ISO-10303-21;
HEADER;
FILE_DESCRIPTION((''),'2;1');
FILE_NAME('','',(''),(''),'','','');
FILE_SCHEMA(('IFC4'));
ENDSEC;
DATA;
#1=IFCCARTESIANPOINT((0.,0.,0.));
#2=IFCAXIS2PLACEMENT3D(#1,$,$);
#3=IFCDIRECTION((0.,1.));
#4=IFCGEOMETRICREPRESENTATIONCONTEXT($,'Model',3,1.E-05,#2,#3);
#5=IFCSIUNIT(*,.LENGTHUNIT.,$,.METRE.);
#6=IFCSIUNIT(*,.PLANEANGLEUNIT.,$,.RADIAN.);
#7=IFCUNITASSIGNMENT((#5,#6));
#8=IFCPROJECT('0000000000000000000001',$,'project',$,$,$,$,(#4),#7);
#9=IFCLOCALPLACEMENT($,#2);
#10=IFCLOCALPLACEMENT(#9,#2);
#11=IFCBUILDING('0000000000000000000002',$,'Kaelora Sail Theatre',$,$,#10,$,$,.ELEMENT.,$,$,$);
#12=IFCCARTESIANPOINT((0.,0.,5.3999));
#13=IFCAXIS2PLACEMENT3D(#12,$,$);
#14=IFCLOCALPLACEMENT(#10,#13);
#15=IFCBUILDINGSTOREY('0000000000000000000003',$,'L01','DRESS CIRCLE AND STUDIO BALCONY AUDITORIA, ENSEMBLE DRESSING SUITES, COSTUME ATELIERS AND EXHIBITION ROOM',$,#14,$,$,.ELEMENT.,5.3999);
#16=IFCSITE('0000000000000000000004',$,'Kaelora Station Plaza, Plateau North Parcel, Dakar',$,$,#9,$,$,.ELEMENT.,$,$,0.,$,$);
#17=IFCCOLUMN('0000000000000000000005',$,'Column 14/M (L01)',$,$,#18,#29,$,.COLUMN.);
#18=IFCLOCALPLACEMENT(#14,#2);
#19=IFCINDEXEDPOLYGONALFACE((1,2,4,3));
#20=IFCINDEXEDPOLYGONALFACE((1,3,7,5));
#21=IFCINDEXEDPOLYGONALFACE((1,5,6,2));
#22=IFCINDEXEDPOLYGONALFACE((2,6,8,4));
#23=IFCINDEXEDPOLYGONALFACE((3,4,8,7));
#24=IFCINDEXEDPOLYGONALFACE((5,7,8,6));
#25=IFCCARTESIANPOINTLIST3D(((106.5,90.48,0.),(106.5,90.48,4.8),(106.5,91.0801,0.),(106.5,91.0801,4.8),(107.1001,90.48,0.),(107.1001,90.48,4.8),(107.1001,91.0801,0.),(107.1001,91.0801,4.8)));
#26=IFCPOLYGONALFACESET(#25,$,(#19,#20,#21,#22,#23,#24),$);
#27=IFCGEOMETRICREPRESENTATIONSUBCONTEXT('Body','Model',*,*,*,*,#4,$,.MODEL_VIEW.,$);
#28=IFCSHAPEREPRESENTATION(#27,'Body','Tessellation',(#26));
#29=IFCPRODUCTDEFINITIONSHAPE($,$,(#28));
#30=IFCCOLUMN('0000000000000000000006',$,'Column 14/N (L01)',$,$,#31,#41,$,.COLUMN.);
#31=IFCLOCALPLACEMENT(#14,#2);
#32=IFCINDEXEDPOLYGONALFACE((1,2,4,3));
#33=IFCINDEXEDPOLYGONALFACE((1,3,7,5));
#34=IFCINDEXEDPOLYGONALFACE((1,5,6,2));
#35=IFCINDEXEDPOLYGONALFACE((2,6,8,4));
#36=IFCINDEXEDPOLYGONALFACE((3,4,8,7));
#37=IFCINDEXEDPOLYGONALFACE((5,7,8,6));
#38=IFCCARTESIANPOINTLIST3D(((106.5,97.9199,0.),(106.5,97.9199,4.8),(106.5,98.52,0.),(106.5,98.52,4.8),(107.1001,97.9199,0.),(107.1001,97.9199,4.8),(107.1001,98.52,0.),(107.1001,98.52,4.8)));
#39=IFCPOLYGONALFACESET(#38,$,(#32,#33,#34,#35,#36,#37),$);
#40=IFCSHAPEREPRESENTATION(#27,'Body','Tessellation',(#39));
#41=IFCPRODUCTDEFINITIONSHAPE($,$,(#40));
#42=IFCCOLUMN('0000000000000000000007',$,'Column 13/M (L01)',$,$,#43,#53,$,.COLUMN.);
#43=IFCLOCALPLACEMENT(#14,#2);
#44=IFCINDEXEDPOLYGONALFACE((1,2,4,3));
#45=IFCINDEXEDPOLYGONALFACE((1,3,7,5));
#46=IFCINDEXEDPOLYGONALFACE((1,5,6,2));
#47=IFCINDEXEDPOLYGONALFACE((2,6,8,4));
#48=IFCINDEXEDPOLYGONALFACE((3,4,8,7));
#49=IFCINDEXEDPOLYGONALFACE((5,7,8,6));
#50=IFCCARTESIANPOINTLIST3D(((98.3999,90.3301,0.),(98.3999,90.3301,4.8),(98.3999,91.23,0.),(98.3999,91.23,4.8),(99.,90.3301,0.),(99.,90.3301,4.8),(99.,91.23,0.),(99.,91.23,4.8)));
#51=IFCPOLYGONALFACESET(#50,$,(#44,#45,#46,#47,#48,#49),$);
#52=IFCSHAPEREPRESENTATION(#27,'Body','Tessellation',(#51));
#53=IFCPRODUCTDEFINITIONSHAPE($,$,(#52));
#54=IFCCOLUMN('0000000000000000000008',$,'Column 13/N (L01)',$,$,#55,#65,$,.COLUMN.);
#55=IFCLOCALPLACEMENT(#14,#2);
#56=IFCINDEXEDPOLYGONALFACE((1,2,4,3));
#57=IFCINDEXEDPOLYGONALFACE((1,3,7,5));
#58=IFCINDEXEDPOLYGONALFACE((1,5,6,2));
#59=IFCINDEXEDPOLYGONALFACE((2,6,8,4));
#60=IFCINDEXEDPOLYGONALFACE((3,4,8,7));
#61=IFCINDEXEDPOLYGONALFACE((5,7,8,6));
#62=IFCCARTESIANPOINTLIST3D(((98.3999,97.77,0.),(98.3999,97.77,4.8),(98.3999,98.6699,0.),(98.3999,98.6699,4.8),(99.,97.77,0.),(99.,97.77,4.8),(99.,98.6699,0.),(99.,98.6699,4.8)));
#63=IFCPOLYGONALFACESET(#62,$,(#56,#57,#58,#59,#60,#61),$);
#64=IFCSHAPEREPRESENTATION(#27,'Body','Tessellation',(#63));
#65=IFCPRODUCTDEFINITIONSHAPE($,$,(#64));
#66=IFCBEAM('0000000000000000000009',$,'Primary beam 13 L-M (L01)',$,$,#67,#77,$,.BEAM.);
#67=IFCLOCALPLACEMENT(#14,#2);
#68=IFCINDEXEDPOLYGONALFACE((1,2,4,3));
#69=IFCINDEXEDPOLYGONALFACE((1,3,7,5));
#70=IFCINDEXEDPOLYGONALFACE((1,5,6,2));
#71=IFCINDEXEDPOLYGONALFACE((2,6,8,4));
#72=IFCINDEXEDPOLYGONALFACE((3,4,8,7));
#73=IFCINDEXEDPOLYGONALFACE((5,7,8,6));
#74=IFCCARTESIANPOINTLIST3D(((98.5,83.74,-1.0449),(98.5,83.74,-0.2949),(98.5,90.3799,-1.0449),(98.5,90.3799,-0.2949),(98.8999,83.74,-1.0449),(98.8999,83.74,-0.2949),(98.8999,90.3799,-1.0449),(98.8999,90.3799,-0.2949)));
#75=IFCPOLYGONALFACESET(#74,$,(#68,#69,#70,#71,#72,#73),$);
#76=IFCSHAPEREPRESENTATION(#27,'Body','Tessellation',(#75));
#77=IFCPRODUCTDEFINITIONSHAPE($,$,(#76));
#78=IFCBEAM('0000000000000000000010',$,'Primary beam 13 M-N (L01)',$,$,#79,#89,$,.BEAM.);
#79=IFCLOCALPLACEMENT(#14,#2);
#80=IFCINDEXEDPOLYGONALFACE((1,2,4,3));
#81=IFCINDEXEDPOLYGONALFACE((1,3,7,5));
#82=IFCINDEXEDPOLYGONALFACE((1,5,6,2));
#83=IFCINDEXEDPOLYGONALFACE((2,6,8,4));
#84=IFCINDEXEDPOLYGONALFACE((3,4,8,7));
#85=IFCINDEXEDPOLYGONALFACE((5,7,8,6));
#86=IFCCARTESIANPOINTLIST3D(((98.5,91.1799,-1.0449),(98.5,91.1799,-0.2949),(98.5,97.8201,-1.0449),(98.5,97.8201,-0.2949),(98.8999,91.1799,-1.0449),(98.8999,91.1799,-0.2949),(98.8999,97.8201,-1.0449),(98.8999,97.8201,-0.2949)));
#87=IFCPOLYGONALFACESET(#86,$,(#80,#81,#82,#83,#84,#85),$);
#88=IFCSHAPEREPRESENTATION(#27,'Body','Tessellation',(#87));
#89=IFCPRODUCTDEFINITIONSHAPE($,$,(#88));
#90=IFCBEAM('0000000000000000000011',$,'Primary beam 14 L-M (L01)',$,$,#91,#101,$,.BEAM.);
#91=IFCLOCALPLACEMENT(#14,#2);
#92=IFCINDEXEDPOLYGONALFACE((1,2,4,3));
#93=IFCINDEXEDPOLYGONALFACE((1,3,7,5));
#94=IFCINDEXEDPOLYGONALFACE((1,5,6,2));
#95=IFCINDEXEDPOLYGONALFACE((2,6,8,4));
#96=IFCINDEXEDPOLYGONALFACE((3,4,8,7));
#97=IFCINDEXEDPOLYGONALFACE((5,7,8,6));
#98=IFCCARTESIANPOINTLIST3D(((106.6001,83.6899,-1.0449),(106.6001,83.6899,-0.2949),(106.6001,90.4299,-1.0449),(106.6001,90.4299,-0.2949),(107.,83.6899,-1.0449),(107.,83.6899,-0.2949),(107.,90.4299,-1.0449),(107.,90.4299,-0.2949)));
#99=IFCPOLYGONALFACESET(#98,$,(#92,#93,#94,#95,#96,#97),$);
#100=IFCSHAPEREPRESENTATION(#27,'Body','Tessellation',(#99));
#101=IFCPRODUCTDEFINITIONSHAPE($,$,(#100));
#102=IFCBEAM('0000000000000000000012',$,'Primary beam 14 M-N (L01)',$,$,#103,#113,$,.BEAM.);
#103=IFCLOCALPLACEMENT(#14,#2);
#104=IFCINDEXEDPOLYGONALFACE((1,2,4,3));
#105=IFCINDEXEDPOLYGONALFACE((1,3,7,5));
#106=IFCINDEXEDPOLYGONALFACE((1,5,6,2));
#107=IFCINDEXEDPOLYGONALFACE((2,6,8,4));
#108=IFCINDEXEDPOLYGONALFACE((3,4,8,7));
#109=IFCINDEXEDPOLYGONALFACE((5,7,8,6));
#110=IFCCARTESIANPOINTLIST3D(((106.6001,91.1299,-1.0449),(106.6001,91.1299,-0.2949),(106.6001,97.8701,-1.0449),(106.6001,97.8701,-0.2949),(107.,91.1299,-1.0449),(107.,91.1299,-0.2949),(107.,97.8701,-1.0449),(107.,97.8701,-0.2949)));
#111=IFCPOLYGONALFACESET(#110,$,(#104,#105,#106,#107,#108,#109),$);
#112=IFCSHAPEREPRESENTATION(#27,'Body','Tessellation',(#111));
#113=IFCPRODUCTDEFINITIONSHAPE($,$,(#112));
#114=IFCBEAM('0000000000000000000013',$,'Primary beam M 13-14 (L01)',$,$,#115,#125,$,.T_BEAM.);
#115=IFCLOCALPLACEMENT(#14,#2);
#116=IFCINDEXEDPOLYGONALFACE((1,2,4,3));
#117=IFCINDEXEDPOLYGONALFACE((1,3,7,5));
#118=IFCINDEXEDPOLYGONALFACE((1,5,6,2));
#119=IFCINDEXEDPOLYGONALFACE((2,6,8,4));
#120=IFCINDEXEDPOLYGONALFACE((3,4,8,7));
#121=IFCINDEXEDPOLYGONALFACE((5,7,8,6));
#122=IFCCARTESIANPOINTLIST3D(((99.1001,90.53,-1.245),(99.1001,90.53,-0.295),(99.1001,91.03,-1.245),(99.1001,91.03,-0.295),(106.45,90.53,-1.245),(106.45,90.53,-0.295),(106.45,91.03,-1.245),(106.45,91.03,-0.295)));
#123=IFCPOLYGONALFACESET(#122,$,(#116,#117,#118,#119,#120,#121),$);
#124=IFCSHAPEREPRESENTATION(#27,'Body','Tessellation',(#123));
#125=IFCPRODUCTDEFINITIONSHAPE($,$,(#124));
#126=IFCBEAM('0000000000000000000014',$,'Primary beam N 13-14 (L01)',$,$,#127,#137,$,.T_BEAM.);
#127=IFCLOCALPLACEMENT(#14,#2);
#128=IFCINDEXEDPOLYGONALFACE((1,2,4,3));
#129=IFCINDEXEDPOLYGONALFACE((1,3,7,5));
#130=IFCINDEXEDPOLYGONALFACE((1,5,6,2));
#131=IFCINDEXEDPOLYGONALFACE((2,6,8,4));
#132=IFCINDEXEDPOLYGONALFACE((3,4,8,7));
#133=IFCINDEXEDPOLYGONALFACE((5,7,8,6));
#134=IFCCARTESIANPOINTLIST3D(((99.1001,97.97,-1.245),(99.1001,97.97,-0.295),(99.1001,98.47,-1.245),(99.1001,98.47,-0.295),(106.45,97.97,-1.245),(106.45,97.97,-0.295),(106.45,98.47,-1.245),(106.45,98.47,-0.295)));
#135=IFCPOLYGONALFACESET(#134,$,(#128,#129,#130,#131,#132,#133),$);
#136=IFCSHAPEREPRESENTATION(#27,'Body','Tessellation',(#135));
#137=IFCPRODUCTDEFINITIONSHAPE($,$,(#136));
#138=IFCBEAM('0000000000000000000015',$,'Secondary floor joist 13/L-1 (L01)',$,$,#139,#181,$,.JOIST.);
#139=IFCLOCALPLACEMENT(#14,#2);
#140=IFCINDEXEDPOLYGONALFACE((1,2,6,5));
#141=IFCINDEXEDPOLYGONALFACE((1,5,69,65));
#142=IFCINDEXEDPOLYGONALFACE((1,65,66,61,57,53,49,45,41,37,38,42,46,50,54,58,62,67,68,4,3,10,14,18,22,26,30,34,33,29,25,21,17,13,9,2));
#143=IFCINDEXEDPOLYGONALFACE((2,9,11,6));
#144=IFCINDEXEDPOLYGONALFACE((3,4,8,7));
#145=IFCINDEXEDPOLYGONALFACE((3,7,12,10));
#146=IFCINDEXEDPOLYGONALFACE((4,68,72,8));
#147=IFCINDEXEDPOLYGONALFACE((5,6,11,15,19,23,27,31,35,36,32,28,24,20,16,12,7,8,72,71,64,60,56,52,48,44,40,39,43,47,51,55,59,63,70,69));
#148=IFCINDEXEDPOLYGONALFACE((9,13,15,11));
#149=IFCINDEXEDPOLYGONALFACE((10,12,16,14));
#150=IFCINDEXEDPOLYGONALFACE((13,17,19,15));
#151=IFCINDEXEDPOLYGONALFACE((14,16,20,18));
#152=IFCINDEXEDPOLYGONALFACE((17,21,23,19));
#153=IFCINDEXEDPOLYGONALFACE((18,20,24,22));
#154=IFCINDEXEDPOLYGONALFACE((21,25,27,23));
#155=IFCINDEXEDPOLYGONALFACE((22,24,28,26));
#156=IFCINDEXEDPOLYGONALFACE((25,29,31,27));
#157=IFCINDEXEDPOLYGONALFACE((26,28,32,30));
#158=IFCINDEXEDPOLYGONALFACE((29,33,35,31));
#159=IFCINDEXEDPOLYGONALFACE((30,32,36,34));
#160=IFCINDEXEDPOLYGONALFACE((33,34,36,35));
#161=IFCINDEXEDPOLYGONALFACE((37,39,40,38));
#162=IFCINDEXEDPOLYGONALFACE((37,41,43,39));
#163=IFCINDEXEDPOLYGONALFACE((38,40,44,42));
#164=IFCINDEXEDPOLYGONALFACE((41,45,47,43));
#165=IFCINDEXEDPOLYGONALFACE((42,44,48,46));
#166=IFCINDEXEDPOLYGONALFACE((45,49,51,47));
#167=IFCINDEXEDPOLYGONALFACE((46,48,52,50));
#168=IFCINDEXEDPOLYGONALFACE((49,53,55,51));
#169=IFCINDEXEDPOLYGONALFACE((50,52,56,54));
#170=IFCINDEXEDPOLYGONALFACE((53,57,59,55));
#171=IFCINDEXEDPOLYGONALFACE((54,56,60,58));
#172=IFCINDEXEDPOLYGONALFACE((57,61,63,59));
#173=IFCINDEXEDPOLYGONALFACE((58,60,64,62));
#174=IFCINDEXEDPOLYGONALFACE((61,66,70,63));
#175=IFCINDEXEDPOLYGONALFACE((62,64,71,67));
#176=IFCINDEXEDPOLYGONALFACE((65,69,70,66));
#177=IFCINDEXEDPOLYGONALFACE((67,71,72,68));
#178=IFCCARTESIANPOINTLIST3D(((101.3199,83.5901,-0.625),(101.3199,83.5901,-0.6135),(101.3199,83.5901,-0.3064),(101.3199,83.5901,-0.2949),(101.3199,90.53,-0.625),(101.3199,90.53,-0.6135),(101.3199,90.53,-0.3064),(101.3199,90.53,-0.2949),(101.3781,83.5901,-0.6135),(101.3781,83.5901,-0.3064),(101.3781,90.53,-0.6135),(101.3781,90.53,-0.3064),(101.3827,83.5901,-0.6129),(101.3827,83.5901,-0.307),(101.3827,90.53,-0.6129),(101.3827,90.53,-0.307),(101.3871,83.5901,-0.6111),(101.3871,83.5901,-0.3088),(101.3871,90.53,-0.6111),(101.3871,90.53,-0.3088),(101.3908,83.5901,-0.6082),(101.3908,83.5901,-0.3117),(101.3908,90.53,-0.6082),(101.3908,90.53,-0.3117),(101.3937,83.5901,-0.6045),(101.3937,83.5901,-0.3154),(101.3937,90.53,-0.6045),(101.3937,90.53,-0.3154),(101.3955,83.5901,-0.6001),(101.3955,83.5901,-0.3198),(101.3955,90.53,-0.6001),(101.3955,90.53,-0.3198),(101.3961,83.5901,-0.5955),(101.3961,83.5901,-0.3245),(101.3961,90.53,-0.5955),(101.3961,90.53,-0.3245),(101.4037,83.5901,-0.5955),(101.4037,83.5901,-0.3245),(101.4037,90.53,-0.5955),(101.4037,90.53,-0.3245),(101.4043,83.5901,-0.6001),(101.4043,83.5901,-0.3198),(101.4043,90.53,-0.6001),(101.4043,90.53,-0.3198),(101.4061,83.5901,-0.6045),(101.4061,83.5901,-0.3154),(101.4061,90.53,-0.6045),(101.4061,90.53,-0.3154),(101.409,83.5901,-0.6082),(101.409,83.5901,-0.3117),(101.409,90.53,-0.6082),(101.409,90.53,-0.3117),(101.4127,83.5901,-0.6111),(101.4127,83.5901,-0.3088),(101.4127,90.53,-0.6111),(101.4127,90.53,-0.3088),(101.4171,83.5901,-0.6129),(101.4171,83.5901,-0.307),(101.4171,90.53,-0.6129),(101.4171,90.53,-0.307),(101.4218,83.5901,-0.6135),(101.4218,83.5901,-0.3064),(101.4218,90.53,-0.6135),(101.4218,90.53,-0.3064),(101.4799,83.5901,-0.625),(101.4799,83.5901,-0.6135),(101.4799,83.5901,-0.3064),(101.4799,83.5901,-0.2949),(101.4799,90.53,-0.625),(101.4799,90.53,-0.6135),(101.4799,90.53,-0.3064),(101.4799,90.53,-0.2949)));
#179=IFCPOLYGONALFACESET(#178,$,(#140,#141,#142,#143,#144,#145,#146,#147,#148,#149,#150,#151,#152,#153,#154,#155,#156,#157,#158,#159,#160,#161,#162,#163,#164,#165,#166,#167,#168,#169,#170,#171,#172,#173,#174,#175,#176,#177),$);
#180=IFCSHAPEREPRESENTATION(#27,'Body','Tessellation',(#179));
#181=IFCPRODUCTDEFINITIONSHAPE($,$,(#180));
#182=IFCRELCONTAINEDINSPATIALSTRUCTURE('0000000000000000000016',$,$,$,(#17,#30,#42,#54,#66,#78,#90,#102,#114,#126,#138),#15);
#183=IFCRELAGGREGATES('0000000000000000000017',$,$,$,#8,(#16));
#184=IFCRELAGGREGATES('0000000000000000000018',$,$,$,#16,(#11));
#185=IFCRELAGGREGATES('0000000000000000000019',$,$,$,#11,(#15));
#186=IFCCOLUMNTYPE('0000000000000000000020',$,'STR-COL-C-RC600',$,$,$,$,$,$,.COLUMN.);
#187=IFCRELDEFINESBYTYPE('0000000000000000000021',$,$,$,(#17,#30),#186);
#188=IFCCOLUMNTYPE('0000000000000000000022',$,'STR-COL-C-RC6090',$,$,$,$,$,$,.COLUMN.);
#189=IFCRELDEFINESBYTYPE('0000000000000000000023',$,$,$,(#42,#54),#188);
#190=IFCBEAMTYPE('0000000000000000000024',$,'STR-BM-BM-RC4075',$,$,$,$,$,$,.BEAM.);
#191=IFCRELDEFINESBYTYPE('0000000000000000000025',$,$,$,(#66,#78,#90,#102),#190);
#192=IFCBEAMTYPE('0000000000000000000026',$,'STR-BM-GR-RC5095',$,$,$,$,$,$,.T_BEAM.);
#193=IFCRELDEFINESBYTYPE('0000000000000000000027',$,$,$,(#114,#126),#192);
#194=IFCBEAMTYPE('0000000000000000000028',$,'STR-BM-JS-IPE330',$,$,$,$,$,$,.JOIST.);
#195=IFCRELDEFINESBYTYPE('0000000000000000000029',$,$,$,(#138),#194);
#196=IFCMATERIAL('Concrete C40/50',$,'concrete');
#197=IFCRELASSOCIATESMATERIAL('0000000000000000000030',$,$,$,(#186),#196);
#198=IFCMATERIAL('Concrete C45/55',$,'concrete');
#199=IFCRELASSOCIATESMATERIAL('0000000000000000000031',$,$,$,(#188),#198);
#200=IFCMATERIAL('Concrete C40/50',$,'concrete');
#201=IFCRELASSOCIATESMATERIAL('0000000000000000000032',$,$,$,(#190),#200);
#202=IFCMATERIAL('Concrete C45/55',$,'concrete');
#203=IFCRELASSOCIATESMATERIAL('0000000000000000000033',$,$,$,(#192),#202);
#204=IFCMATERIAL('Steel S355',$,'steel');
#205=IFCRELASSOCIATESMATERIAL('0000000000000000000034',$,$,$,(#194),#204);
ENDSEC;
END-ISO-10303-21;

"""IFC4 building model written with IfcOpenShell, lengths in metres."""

from ifc_helpers import new_model, si_unit, direction, frame, origin, origin_2d, place, context, subcontext, project, spatial, rectangle, i_section, extrude, material, material_profile, profile_set, type_object, element, save


model = new_model("IFC4")

# Units and contexts
model_context = context("Model", 3, precision=1e-05, world=origin(), true_north=direction((0.0, 1.0)))
body_context = subcontext(model_context, "Body", "Model", "MODEL_VIEW")
ifc_project = project(units=[si_unit("LENGTHUNIT", "METRE"), si_unit("PLANEANGLEUNIT", "RADIAN")], contexts=[model_context])

# Site, building, storey
site_placement = place(None, origin())
site = spatial("IfcSite", under=ifc_project, at=site_placement, Name="Kaelora Station Plaza, Plateau North Parcel, Dakar", CompositionType="ELEMENT", RefElevation=0.0)
building_placement = place(site_placement, origin())
building = spatial("IfcBuilding", under=site, at=building_placement, Name="Kaelora Sail Theatre", CompositionType="ELEMENT")
storey_placement = place(building_placement, frame((0.0, 0.0, 5.3999)))
storey = spatial("IfcBuildingStorey", under=building, at=storey_placement, Name="L01", Description="DRESS CIRCLE AND STUDIO BALCONY AUDITORIA, ENSEMBLE DRESSING SUITES, COSTUME ATELIERS AND EXHIBITION ROOM", CompositionType="ELEMENT", Elevation=5.3999)

# Columns
ifc_material_1 = material(Name="Concrete C40/50", Category="concrete")
ifc_material_profile_1 = material_profile(ifc_material_1, rectangle(XDim=0.6001, YDim=0.6001, at=origin_2d()), Name="RC-COL 600x600")
ifc_profile_set_1 = profile_set([ifc_material_profile_1], Name="Concrete C40/50")
column_type_1 = type_object("IfcColumnType", Name="STR-COL-C-RC600", PredefinedType="COLUMN", material=ifc_profile_set_1)
for number, where, z_axis, x_axis, name in (
    (1, (106.8, 90.78, 0.0), (0.0, 0.0, 1.0), (1.0, 0.0, 0.0), "Column 14/M (L01)"),
    (2, (106.8, 98.22, 0.0), (0.0, 0.0, 1.0), (1.0, 0.0, 0.0), "Column 14/N (L01)"),
):
    element("IfcColumn", number, at=place(storey_placement, frame(where, z_axis=z_axis, x_axis=x_axis)), inside=storey, type_object=column_type_1, Name=name, PredefinedType="COLUMN", context=body_context, shape_type="SweptSolid", body=[
        extrude(rectangle(XDim=0.6001, YDim=0.6001, at=origin_2d()), origin(), (0.0, 0.0, 1.0), 4.8),
    ])
ifc_material_2 = material(Name="Concrete C45/55", Category="concrete")
ifc_material_profile_2 = material_profile(ifc_material_2, rectangle(XDim=0.6001, YDim=0.8999, at=origin_2d()), Name="RC-COL 600x900")
ifc_profile_set_2 = profile_set([ifc_material_profile_2], Name="Concrete C45/55")
column_type_2 = type_object("IfcColumnType", Name="STR-COL-C-RC6090", PredefinedType="COLUMN", material=ifc_profile_set_2)
for number, where, z_axis, x_axis, name in (
    (3, (98.7, 90.78, 0.0), (0.0, 0.0, 1.0), (1.0, 0.0, 0.0), "Column 13/M (L01)"),
    (4, (98.7, 98.22, 0.0), (0.0, 0.0, 1.0), (1.0, 0.0, 0.0), "Column 13/N (L01)"),
):
    element("IfcColumn", number, at=place(storey_placement, frame(where, z_axis=z_axis, x_axis=x_axis)), inside=storey, type_object=column_type_2, Name=name, PredefinedType="COLUMN", context=body_context, shape_type="SweptSolid", body=[
        extrude(rectangle(XDim=0.6001, YDim=0.8999, at=origin_2d()), origin(), (0.0, 0.0, 1.0), 4.8),
    ])

# Beams
ifc_material_3 = material(Name="Concrete C40/50", Category="concrete")
ifc_material_profile_3 = material_profile(ifc_material_3, rectangle(XDim=0.3999, YDim=0.75, at=origin_2d()), Name="RC-BM 400x750")
ifc_profile_set_3 = profile_set([ifc_material_profile_3], Name="Concrete C40/50")
beam_type_1 = type_object("IfcBeamType", Name="STR-BM-BM-RC4075", PredefinedType="BEAM", material=ifc_profile_set_3)
beam_1_placement = place(storey_placement, frame((98.7, 83.74, -0.6699), z_axis=(0.0, 1.0, 0.0), x_axis=(-1.0, 0.0, 0.0)))
element("IfcBeam", 5, at=beam_1_placement, inside=storey, type_object=beam_type_1, Name="Primary beam 13 L-M (L01)", PredefinedType="BEAM", context=body_context, shape_type="SweptSolid", body=[
    extrude(rectangle(XDim=0.3999, YDim=0.75, at=origin_2d()), origin(), (0.0, 0.0, 1.0), 6.6399),
])
beam_2_placement = place(storey_placement, frame((98.7, 91.1799, -0.6699), z_axis=(0.0, 1.0, 0.0), x_axis=(-1.0, 0.0, 0.0)))
element("IfcBeam", 6, at=beam_2_placement, inside=storey, type_object=beam_type_1, Name="Primary beam 13 M-N (L01)", PredefinedType="BEAM", context=body_context, shape_type="SweptSolid", body=[
    extrude(rectangle(XDim=0.3999, YDim=0.75, at=origin_2d()), origin(), (0.0, 0.0, 1.0), 6.6401),
])
beam_3_placement = place(storey_placement, frame((106.8, 83.6899, -0.6699), z_axis=(0.0, 1.0, 0.0), x_axis=(-1.0, 0.0, 0.0)))
element("IfcBeam", 7, at=beam_3_placement, inside=storey, type_object=beam_type_1, Name="Primary beam 14 L-M (L01)", PredefinedType="BEAM", context=body_context, shape_type="SweptSolid", body=[
    extrude(rectangle(XDim=0.3999, YDim=0.75, at=origin_2d()), origin(), (0.0, 0.0, 1.0), 6.74),
])
beam_4_placement = place(storey_placement, frame((106.8, 91.1299, -0.6699), z_axis=(0.0, 1.0, 0.0), x_axis=(-1.0, 0.0, 0.0)))
element("IfcBeam", 8, at=beam_4_placement, inside=storey, type_object=beam_type_1, Name="Primary beam 14 M-N (L01)", PredefinedType="BEAM", context=body_context, shape_type="SweptSolid", body=[
    extrude(rectangle(XDim=0.3999, YDim=0.75, at=origin_2d()), origin(), (0.0, 0.0, 1.0), 6.7402),
])
ifc_material_4 = material(Name="Concrete C45/55", Category="concrete")
ifc_material_profile_4 = material_profile(ifc_material_4, rectangle(XDim=0.5, YDim=0.95, at=origin_2d()), Name="RC-GRD 500x950")
ifc_profile_set_4 = profile_set([ifc_material_profile_4], Name="Concrete C45/55")
beam_type_2 = type_object("IfcBeamType", Name="STR-BM-GR-RC5095", PredefinedType="T_BEAM", material=ifc_profile_set_4)
for number, where, z_axis, x_axis, name in (
    (9, (99.1001, 90.78, -0.77), (1.0, 0.0, 0.0), (0.0, 1.0, 0.0), "Primary beam M 13-14 (L01)"),
    (10, (99.1001, 98.22, -0.77), (1.0, 0.0, 0.0), (0.0, 1.0, 0.0), "Primary beam N 13-14 (L01)"),
):
    element("IfcBeam", number, at=place(storey_placement, frame(where, z_axis=z_axis, x_axis=x_axis)), inside=storey, type_object=beam_type_2, Name=name, PredefinedType="T_BEAM", context=body_context, shape_type="SweptSolid", body=[
        extrude(rectangle(XDim=0.5, YDim=0.95, at=origin_2d()), origin(), (0.0, 0.0, 1.0), 7.3499),
    ])
ifc_material_5 = material(Name="Steel S355", Category="steel")
ifc_material_profile_5 = material_profile(ifc_material_5, i_section(OverallWidth=0.1599, OverallDepth=0.3301, WebThickness=0.0076, FlangeThickness=0.0115, FilletRadius=0.0181, at=origin_2d()), Name="IPE 330")
ifc_profile_set_5 = profile_set([ifc_material_profile_5], Name="Steel S355")
beam_type_3 = type_object("IfcBeamType", Name="STR-BM-JS-IPE330", PredefinedType="JOIST", material=ifc_profile_set_5)
beam_5_placement = place(storey_placement, frame((101.3999, 83.5901, -0.46), z_axis=(0.0, 1.0, 0.0), x_axis=(-1.0, 0.0, 0.0)))
element("IfcBeam", 11, at=beam_5_placement, inside=storey, type_object=beam_type_3, Name="Secondary floor joist 13/L-1 (L01)", PredefinedType="JOIST", context=body_context, shape_type="SweptSolid", body=[
    extrude(i_section(OverallWidth=0.1599, OverallDepth=0.3301, WebThickness=0.0076, FlangeThickness=0.0115, FilletRadius=0.0181, at=origin_2d()), origin(), (0.0, 0.0, 1.0), 6.9399),
])

save(model, "model.ifc")
